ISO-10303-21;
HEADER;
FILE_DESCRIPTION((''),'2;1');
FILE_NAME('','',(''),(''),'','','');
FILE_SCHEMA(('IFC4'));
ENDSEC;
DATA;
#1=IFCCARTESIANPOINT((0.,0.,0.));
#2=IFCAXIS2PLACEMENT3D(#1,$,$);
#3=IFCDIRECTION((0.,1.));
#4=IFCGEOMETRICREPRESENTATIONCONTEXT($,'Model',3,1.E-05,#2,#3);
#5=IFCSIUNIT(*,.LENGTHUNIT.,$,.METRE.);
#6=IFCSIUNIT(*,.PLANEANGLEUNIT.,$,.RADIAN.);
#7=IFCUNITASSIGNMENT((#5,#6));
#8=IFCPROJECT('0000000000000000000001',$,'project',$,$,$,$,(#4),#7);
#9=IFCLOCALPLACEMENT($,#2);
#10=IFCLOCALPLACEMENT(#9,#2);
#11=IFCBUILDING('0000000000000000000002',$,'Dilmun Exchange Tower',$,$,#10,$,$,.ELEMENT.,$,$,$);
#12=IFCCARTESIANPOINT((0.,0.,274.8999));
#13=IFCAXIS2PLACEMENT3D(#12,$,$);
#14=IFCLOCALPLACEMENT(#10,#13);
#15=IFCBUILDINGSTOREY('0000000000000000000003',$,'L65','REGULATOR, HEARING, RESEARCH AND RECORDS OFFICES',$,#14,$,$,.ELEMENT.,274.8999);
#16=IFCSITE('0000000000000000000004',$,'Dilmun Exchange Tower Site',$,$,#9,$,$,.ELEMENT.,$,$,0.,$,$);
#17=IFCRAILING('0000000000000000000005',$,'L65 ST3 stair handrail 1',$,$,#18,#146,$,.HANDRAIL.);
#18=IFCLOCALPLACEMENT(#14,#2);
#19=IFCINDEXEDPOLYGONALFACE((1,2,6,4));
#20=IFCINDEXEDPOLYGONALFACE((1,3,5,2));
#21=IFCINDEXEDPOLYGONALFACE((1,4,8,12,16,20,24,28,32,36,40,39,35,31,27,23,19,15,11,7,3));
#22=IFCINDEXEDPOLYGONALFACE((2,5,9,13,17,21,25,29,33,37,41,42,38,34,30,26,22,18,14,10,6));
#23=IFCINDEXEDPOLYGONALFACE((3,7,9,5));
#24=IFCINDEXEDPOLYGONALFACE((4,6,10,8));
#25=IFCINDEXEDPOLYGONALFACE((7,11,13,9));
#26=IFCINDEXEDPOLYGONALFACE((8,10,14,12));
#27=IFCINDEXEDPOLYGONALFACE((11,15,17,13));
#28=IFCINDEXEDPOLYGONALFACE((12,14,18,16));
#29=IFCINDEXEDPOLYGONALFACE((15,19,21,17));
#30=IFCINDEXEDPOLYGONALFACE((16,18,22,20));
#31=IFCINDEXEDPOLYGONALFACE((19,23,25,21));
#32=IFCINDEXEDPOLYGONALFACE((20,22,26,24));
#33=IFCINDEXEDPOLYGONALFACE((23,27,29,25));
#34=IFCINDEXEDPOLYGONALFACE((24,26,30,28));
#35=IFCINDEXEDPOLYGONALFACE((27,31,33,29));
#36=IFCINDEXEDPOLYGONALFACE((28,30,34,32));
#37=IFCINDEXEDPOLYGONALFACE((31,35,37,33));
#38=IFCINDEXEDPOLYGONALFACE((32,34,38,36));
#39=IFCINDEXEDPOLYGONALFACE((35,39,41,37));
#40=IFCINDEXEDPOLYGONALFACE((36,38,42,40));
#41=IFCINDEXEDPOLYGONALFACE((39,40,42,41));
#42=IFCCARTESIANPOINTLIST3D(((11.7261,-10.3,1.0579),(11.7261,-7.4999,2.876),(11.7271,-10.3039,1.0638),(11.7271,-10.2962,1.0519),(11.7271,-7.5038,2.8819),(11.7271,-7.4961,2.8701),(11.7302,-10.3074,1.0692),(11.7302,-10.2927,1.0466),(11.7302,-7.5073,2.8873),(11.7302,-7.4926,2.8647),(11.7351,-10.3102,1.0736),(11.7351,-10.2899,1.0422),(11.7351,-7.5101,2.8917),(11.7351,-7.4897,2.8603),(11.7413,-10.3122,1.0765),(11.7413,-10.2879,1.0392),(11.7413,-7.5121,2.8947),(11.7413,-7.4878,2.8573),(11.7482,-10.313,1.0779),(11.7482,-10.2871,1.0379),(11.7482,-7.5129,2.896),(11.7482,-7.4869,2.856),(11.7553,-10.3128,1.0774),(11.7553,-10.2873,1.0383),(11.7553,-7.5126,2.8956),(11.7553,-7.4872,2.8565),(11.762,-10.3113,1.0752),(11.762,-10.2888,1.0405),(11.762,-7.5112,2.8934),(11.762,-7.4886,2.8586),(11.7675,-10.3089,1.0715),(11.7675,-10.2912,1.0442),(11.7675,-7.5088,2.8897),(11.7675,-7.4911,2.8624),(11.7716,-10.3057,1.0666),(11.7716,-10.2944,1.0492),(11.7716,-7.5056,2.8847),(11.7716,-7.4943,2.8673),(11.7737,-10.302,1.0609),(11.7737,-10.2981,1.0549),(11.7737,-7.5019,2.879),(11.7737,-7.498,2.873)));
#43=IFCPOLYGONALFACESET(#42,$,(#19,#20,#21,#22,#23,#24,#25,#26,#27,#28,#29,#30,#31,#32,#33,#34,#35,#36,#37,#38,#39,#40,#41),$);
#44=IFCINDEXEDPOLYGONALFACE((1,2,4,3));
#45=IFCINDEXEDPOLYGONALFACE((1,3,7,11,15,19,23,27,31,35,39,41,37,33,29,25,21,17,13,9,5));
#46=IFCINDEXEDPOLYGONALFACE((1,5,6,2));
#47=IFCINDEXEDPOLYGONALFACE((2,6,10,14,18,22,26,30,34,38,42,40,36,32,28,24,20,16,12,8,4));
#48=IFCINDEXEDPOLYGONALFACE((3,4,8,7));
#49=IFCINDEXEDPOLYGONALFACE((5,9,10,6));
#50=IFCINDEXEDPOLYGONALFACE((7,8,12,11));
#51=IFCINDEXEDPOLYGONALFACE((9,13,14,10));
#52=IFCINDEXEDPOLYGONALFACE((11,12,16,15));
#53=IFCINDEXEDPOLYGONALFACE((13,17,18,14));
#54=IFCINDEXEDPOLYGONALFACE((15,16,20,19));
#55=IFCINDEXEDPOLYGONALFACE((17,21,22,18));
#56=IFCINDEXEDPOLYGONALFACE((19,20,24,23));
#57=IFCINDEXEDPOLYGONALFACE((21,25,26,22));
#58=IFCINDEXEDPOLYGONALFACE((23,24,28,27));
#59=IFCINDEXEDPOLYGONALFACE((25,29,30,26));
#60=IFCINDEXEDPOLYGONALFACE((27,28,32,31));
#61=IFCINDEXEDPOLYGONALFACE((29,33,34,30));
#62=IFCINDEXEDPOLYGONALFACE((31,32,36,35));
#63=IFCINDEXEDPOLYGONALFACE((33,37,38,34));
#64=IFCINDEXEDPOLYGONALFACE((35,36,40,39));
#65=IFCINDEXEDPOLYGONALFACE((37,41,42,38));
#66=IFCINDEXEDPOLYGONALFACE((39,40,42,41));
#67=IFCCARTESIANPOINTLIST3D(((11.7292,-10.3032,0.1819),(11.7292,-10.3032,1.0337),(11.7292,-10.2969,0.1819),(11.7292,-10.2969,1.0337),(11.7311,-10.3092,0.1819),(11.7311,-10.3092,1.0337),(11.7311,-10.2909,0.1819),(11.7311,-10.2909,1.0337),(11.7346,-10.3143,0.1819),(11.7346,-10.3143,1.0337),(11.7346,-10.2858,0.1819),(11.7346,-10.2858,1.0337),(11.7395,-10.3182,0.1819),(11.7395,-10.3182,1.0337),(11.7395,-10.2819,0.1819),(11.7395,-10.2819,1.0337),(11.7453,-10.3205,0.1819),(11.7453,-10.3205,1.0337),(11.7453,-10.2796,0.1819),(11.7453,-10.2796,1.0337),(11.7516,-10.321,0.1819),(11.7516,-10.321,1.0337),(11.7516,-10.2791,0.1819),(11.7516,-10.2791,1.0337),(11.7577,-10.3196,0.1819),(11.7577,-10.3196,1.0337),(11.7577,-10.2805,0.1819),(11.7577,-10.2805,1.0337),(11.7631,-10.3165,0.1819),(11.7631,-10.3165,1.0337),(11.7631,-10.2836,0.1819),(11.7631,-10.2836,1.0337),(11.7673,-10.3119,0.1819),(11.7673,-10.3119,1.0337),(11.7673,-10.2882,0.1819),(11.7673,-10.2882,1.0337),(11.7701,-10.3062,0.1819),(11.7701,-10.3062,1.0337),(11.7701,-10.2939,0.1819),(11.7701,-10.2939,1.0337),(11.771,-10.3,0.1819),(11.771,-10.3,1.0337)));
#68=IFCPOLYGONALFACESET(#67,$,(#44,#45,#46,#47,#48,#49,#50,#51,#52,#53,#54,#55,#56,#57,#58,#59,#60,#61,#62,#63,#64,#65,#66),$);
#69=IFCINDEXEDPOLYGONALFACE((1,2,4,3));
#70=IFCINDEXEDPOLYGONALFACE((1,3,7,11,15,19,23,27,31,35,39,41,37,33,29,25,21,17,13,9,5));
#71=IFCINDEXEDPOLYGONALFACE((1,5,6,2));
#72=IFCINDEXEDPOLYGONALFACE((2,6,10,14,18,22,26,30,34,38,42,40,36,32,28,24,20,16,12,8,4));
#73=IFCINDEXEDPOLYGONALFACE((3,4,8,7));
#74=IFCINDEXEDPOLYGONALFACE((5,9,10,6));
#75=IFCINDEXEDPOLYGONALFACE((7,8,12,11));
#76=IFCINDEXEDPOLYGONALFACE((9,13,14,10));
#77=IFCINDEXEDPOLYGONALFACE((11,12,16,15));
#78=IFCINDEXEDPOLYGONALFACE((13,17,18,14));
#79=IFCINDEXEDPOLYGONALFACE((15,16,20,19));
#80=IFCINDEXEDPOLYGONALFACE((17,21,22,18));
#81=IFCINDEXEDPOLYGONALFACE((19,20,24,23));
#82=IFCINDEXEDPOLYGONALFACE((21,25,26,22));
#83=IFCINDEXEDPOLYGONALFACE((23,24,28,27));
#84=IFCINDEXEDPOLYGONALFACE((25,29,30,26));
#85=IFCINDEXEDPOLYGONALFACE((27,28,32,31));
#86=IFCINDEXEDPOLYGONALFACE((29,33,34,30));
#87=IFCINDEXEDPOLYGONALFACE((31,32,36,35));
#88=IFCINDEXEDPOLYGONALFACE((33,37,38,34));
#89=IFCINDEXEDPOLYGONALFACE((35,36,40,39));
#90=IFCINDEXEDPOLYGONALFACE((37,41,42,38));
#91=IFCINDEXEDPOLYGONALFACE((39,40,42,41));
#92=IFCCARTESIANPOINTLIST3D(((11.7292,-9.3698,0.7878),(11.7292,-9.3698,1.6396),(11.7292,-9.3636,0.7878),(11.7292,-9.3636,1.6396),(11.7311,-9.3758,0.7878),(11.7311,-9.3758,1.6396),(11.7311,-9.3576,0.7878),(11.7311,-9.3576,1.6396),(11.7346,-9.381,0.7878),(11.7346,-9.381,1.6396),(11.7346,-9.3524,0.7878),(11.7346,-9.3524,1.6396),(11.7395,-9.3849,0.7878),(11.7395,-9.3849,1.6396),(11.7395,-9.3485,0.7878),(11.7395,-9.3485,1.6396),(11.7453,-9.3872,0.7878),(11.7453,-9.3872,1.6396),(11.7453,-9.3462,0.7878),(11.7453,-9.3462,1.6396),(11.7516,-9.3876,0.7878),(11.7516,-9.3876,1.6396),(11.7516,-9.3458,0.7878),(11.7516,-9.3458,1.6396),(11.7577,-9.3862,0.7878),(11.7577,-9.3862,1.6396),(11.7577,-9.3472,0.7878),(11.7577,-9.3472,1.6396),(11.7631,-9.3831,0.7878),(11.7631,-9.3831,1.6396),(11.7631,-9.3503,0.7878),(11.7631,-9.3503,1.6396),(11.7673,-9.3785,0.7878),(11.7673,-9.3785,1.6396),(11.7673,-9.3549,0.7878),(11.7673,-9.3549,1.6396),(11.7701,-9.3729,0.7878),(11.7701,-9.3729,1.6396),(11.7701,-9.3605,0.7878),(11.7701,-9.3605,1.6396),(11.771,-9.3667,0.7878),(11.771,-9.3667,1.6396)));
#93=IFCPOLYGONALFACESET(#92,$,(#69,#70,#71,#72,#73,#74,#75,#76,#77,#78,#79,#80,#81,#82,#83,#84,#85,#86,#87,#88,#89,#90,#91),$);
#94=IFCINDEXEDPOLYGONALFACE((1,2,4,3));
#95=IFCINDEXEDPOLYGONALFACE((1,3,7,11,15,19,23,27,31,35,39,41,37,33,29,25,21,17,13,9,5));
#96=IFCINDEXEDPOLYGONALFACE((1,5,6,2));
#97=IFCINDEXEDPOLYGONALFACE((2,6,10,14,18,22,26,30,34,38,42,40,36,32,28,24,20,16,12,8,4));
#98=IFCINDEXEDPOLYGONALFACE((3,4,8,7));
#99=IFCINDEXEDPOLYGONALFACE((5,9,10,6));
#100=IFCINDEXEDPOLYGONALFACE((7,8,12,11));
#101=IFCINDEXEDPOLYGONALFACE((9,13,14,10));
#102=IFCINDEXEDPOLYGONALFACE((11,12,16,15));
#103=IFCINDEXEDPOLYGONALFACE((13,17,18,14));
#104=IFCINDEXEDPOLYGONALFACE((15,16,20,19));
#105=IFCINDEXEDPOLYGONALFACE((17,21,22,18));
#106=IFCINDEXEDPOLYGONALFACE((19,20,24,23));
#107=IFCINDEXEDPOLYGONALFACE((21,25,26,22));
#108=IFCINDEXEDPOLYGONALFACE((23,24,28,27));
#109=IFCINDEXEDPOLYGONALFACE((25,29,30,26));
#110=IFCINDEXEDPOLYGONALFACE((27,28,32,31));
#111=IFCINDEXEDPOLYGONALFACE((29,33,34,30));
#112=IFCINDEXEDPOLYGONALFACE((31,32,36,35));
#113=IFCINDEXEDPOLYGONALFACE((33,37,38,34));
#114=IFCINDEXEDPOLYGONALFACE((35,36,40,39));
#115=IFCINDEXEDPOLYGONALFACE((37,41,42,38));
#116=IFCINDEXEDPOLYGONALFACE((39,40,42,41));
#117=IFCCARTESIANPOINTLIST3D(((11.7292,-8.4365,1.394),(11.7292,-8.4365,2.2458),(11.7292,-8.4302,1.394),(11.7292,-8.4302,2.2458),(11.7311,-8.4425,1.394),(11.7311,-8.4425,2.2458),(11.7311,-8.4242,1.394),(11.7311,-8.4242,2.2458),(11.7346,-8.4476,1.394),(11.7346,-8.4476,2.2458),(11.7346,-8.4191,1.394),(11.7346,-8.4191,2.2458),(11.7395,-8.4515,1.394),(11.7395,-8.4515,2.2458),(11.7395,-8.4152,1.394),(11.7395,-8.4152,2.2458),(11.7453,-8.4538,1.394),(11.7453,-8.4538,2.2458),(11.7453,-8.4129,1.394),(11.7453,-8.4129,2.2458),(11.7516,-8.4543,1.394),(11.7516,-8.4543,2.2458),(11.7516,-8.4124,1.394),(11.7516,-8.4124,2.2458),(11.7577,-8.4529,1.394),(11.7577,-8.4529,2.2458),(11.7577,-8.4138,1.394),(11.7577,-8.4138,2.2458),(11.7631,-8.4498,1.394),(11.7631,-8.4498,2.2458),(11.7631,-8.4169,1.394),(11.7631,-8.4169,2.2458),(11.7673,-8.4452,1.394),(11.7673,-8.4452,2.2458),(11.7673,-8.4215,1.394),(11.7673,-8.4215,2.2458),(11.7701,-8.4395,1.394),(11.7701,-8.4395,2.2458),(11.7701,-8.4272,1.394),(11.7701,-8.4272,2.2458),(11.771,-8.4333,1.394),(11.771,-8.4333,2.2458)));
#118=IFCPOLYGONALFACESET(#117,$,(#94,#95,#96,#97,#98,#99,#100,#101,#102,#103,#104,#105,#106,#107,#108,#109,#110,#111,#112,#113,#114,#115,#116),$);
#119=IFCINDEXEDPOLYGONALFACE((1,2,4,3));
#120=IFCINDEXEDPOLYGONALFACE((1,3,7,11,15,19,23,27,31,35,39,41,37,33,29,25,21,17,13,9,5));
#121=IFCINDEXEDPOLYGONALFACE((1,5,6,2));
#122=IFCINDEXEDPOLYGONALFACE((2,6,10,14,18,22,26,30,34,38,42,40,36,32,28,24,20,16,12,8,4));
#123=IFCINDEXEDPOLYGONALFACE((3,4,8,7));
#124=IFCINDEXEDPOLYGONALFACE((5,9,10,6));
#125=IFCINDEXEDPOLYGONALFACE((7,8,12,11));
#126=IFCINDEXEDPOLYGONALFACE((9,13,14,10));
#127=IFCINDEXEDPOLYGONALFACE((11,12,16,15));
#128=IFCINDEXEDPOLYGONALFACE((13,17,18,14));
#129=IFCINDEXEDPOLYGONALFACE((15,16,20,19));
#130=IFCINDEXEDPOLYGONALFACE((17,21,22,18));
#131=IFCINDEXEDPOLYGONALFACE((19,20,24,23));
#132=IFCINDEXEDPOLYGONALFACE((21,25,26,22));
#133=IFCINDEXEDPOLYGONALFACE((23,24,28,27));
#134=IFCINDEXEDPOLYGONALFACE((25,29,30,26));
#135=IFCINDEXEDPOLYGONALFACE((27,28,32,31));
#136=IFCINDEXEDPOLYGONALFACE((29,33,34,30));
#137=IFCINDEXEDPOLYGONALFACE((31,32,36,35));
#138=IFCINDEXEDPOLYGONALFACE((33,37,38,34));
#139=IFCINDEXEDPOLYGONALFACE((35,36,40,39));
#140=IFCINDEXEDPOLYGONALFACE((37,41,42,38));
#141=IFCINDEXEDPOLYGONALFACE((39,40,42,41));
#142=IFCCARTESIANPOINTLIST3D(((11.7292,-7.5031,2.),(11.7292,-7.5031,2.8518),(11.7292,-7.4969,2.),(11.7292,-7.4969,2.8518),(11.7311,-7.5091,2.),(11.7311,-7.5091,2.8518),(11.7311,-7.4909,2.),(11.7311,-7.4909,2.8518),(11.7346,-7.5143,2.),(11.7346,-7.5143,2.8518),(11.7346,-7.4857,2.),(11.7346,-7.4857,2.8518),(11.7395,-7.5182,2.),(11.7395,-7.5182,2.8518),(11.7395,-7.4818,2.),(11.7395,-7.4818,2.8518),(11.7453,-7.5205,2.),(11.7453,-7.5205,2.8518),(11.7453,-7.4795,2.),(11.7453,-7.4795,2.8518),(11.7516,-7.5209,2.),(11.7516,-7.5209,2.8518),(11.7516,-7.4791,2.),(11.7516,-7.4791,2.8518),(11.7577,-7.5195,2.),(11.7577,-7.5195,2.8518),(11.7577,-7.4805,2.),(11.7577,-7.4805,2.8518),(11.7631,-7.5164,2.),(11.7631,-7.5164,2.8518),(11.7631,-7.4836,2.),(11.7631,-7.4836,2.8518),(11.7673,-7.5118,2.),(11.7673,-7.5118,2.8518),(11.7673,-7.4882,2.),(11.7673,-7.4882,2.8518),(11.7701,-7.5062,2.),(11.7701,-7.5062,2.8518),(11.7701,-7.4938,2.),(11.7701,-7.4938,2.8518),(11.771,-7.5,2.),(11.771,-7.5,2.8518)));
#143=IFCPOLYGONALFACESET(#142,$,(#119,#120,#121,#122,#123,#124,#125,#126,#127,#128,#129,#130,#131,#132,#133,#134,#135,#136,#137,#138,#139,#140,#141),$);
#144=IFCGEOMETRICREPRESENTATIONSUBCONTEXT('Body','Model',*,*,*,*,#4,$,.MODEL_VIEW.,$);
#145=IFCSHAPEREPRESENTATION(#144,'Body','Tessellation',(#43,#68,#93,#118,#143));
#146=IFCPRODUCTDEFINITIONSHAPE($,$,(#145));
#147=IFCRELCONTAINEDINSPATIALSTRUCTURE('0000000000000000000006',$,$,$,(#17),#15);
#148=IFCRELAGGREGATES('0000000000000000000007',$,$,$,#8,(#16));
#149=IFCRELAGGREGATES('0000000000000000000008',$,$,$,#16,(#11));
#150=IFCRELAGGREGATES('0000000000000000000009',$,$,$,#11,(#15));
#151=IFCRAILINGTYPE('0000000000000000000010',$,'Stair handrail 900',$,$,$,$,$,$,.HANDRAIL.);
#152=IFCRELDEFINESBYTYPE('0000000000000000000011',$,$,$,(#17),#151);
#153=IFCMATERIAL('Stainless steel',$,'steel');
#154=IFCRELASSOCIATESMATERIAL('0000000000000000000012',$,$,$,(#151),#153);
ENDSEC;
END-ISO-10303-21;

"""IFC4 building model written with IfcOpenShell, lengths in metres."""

from ifc_helpers import new_model, si_unit, direction, frame, origin, origin_2d, place, context, subcontext, project, spatial, circle, extrude, material, type_object, element, save


model = new_model("IFC4")

# Units and contexts
model_context = context("Model", 3, precision=1e-05, world=origin(), true_north=direction((0.0, 1.0)))
body_context = subcontext(model_context, "Body", "Model", "MODEL_VIEW")
ifc_project = project(units=[si_unit("LENGTHUNIT", "METRE"), si_unit("PLANEANGLEUNIT", "RADIAN")], contexts=[model_context])

# Site, building, storey
site_placement = place(None, origin())
site = spatial("IfcSite", under=ifc_project, at=site_placement, Name="Dilmun Exchange Tower Site", CompositionType="ELEMENT", RefElevation=0.0)
building_placement = place(site_placement, origin())
building = spatial("IfcBuilding", under=site, at=building_placement, Name="Dilmun Exchange Tower", CompositionType="ELEMENT")
storey_placement = place(building_placement, frame((0.0, 0.0, 274.8999)))
storey = spatial("IfcBuildingStorey", under=building, at=storey_placement, Name="L65", Description="REGULATOR, HEARING, RESEARCH AND RECORDS OFFICES", CompositionType="ELEMENT", Elevation=274.8999)

# Railing
ifc_material_1 = material(Name="Stainless steel", Category="steel")
railing_type = type_object("IfcRailingType", Name="Stair handrail 900", PredefinedType="HANDRAIL", material=ifc_material_1)
railing_1_placement = place(storey_placement, frame((11.75, -10.3, 0.1819)))
element("IfcRailing", 1, at=railing_1_placement, inside=storey, type_object=railing_type, Name="L65 ST3 stair handrail 1", PredefinedType="HANDRAIL", context=body_context, shape_type="SweptSolid", body=[
    extrude(circle(Radius=0.0239, at=origin_2d()), frame((0.0, 0.0, 0.876), z_axis=(0.0, 0.838706, 0.544585), x_axis=(-1.0, 0.0, 0.0)), (0.0, 0.0, 1.0), 3.3386),
    extrude(circle(Radius=0.021, at=origin_2d()), origin(), (0.0, 0.0, 1.0), 0.8518),
    extrude(circle(Radius=0.021, at=origin_2d()), frame((0.0, 0.9333, 0.606)), (0.0, 0.0, 1.0), 0.8518),
    extrude(circle(Radius=0.021, at=origin_2d()), frame((0.0, 1.8667, 1.2122)), (0.0, 0.0, 1.0), 0.8518),
    extrude(circle(Radius=0.021, at=origin_2d()), frame((0.0, 2.8, 1.8181)), (0.0, 0.0, 1.0), 0.8518),
])

save(model, "model.ifc")
